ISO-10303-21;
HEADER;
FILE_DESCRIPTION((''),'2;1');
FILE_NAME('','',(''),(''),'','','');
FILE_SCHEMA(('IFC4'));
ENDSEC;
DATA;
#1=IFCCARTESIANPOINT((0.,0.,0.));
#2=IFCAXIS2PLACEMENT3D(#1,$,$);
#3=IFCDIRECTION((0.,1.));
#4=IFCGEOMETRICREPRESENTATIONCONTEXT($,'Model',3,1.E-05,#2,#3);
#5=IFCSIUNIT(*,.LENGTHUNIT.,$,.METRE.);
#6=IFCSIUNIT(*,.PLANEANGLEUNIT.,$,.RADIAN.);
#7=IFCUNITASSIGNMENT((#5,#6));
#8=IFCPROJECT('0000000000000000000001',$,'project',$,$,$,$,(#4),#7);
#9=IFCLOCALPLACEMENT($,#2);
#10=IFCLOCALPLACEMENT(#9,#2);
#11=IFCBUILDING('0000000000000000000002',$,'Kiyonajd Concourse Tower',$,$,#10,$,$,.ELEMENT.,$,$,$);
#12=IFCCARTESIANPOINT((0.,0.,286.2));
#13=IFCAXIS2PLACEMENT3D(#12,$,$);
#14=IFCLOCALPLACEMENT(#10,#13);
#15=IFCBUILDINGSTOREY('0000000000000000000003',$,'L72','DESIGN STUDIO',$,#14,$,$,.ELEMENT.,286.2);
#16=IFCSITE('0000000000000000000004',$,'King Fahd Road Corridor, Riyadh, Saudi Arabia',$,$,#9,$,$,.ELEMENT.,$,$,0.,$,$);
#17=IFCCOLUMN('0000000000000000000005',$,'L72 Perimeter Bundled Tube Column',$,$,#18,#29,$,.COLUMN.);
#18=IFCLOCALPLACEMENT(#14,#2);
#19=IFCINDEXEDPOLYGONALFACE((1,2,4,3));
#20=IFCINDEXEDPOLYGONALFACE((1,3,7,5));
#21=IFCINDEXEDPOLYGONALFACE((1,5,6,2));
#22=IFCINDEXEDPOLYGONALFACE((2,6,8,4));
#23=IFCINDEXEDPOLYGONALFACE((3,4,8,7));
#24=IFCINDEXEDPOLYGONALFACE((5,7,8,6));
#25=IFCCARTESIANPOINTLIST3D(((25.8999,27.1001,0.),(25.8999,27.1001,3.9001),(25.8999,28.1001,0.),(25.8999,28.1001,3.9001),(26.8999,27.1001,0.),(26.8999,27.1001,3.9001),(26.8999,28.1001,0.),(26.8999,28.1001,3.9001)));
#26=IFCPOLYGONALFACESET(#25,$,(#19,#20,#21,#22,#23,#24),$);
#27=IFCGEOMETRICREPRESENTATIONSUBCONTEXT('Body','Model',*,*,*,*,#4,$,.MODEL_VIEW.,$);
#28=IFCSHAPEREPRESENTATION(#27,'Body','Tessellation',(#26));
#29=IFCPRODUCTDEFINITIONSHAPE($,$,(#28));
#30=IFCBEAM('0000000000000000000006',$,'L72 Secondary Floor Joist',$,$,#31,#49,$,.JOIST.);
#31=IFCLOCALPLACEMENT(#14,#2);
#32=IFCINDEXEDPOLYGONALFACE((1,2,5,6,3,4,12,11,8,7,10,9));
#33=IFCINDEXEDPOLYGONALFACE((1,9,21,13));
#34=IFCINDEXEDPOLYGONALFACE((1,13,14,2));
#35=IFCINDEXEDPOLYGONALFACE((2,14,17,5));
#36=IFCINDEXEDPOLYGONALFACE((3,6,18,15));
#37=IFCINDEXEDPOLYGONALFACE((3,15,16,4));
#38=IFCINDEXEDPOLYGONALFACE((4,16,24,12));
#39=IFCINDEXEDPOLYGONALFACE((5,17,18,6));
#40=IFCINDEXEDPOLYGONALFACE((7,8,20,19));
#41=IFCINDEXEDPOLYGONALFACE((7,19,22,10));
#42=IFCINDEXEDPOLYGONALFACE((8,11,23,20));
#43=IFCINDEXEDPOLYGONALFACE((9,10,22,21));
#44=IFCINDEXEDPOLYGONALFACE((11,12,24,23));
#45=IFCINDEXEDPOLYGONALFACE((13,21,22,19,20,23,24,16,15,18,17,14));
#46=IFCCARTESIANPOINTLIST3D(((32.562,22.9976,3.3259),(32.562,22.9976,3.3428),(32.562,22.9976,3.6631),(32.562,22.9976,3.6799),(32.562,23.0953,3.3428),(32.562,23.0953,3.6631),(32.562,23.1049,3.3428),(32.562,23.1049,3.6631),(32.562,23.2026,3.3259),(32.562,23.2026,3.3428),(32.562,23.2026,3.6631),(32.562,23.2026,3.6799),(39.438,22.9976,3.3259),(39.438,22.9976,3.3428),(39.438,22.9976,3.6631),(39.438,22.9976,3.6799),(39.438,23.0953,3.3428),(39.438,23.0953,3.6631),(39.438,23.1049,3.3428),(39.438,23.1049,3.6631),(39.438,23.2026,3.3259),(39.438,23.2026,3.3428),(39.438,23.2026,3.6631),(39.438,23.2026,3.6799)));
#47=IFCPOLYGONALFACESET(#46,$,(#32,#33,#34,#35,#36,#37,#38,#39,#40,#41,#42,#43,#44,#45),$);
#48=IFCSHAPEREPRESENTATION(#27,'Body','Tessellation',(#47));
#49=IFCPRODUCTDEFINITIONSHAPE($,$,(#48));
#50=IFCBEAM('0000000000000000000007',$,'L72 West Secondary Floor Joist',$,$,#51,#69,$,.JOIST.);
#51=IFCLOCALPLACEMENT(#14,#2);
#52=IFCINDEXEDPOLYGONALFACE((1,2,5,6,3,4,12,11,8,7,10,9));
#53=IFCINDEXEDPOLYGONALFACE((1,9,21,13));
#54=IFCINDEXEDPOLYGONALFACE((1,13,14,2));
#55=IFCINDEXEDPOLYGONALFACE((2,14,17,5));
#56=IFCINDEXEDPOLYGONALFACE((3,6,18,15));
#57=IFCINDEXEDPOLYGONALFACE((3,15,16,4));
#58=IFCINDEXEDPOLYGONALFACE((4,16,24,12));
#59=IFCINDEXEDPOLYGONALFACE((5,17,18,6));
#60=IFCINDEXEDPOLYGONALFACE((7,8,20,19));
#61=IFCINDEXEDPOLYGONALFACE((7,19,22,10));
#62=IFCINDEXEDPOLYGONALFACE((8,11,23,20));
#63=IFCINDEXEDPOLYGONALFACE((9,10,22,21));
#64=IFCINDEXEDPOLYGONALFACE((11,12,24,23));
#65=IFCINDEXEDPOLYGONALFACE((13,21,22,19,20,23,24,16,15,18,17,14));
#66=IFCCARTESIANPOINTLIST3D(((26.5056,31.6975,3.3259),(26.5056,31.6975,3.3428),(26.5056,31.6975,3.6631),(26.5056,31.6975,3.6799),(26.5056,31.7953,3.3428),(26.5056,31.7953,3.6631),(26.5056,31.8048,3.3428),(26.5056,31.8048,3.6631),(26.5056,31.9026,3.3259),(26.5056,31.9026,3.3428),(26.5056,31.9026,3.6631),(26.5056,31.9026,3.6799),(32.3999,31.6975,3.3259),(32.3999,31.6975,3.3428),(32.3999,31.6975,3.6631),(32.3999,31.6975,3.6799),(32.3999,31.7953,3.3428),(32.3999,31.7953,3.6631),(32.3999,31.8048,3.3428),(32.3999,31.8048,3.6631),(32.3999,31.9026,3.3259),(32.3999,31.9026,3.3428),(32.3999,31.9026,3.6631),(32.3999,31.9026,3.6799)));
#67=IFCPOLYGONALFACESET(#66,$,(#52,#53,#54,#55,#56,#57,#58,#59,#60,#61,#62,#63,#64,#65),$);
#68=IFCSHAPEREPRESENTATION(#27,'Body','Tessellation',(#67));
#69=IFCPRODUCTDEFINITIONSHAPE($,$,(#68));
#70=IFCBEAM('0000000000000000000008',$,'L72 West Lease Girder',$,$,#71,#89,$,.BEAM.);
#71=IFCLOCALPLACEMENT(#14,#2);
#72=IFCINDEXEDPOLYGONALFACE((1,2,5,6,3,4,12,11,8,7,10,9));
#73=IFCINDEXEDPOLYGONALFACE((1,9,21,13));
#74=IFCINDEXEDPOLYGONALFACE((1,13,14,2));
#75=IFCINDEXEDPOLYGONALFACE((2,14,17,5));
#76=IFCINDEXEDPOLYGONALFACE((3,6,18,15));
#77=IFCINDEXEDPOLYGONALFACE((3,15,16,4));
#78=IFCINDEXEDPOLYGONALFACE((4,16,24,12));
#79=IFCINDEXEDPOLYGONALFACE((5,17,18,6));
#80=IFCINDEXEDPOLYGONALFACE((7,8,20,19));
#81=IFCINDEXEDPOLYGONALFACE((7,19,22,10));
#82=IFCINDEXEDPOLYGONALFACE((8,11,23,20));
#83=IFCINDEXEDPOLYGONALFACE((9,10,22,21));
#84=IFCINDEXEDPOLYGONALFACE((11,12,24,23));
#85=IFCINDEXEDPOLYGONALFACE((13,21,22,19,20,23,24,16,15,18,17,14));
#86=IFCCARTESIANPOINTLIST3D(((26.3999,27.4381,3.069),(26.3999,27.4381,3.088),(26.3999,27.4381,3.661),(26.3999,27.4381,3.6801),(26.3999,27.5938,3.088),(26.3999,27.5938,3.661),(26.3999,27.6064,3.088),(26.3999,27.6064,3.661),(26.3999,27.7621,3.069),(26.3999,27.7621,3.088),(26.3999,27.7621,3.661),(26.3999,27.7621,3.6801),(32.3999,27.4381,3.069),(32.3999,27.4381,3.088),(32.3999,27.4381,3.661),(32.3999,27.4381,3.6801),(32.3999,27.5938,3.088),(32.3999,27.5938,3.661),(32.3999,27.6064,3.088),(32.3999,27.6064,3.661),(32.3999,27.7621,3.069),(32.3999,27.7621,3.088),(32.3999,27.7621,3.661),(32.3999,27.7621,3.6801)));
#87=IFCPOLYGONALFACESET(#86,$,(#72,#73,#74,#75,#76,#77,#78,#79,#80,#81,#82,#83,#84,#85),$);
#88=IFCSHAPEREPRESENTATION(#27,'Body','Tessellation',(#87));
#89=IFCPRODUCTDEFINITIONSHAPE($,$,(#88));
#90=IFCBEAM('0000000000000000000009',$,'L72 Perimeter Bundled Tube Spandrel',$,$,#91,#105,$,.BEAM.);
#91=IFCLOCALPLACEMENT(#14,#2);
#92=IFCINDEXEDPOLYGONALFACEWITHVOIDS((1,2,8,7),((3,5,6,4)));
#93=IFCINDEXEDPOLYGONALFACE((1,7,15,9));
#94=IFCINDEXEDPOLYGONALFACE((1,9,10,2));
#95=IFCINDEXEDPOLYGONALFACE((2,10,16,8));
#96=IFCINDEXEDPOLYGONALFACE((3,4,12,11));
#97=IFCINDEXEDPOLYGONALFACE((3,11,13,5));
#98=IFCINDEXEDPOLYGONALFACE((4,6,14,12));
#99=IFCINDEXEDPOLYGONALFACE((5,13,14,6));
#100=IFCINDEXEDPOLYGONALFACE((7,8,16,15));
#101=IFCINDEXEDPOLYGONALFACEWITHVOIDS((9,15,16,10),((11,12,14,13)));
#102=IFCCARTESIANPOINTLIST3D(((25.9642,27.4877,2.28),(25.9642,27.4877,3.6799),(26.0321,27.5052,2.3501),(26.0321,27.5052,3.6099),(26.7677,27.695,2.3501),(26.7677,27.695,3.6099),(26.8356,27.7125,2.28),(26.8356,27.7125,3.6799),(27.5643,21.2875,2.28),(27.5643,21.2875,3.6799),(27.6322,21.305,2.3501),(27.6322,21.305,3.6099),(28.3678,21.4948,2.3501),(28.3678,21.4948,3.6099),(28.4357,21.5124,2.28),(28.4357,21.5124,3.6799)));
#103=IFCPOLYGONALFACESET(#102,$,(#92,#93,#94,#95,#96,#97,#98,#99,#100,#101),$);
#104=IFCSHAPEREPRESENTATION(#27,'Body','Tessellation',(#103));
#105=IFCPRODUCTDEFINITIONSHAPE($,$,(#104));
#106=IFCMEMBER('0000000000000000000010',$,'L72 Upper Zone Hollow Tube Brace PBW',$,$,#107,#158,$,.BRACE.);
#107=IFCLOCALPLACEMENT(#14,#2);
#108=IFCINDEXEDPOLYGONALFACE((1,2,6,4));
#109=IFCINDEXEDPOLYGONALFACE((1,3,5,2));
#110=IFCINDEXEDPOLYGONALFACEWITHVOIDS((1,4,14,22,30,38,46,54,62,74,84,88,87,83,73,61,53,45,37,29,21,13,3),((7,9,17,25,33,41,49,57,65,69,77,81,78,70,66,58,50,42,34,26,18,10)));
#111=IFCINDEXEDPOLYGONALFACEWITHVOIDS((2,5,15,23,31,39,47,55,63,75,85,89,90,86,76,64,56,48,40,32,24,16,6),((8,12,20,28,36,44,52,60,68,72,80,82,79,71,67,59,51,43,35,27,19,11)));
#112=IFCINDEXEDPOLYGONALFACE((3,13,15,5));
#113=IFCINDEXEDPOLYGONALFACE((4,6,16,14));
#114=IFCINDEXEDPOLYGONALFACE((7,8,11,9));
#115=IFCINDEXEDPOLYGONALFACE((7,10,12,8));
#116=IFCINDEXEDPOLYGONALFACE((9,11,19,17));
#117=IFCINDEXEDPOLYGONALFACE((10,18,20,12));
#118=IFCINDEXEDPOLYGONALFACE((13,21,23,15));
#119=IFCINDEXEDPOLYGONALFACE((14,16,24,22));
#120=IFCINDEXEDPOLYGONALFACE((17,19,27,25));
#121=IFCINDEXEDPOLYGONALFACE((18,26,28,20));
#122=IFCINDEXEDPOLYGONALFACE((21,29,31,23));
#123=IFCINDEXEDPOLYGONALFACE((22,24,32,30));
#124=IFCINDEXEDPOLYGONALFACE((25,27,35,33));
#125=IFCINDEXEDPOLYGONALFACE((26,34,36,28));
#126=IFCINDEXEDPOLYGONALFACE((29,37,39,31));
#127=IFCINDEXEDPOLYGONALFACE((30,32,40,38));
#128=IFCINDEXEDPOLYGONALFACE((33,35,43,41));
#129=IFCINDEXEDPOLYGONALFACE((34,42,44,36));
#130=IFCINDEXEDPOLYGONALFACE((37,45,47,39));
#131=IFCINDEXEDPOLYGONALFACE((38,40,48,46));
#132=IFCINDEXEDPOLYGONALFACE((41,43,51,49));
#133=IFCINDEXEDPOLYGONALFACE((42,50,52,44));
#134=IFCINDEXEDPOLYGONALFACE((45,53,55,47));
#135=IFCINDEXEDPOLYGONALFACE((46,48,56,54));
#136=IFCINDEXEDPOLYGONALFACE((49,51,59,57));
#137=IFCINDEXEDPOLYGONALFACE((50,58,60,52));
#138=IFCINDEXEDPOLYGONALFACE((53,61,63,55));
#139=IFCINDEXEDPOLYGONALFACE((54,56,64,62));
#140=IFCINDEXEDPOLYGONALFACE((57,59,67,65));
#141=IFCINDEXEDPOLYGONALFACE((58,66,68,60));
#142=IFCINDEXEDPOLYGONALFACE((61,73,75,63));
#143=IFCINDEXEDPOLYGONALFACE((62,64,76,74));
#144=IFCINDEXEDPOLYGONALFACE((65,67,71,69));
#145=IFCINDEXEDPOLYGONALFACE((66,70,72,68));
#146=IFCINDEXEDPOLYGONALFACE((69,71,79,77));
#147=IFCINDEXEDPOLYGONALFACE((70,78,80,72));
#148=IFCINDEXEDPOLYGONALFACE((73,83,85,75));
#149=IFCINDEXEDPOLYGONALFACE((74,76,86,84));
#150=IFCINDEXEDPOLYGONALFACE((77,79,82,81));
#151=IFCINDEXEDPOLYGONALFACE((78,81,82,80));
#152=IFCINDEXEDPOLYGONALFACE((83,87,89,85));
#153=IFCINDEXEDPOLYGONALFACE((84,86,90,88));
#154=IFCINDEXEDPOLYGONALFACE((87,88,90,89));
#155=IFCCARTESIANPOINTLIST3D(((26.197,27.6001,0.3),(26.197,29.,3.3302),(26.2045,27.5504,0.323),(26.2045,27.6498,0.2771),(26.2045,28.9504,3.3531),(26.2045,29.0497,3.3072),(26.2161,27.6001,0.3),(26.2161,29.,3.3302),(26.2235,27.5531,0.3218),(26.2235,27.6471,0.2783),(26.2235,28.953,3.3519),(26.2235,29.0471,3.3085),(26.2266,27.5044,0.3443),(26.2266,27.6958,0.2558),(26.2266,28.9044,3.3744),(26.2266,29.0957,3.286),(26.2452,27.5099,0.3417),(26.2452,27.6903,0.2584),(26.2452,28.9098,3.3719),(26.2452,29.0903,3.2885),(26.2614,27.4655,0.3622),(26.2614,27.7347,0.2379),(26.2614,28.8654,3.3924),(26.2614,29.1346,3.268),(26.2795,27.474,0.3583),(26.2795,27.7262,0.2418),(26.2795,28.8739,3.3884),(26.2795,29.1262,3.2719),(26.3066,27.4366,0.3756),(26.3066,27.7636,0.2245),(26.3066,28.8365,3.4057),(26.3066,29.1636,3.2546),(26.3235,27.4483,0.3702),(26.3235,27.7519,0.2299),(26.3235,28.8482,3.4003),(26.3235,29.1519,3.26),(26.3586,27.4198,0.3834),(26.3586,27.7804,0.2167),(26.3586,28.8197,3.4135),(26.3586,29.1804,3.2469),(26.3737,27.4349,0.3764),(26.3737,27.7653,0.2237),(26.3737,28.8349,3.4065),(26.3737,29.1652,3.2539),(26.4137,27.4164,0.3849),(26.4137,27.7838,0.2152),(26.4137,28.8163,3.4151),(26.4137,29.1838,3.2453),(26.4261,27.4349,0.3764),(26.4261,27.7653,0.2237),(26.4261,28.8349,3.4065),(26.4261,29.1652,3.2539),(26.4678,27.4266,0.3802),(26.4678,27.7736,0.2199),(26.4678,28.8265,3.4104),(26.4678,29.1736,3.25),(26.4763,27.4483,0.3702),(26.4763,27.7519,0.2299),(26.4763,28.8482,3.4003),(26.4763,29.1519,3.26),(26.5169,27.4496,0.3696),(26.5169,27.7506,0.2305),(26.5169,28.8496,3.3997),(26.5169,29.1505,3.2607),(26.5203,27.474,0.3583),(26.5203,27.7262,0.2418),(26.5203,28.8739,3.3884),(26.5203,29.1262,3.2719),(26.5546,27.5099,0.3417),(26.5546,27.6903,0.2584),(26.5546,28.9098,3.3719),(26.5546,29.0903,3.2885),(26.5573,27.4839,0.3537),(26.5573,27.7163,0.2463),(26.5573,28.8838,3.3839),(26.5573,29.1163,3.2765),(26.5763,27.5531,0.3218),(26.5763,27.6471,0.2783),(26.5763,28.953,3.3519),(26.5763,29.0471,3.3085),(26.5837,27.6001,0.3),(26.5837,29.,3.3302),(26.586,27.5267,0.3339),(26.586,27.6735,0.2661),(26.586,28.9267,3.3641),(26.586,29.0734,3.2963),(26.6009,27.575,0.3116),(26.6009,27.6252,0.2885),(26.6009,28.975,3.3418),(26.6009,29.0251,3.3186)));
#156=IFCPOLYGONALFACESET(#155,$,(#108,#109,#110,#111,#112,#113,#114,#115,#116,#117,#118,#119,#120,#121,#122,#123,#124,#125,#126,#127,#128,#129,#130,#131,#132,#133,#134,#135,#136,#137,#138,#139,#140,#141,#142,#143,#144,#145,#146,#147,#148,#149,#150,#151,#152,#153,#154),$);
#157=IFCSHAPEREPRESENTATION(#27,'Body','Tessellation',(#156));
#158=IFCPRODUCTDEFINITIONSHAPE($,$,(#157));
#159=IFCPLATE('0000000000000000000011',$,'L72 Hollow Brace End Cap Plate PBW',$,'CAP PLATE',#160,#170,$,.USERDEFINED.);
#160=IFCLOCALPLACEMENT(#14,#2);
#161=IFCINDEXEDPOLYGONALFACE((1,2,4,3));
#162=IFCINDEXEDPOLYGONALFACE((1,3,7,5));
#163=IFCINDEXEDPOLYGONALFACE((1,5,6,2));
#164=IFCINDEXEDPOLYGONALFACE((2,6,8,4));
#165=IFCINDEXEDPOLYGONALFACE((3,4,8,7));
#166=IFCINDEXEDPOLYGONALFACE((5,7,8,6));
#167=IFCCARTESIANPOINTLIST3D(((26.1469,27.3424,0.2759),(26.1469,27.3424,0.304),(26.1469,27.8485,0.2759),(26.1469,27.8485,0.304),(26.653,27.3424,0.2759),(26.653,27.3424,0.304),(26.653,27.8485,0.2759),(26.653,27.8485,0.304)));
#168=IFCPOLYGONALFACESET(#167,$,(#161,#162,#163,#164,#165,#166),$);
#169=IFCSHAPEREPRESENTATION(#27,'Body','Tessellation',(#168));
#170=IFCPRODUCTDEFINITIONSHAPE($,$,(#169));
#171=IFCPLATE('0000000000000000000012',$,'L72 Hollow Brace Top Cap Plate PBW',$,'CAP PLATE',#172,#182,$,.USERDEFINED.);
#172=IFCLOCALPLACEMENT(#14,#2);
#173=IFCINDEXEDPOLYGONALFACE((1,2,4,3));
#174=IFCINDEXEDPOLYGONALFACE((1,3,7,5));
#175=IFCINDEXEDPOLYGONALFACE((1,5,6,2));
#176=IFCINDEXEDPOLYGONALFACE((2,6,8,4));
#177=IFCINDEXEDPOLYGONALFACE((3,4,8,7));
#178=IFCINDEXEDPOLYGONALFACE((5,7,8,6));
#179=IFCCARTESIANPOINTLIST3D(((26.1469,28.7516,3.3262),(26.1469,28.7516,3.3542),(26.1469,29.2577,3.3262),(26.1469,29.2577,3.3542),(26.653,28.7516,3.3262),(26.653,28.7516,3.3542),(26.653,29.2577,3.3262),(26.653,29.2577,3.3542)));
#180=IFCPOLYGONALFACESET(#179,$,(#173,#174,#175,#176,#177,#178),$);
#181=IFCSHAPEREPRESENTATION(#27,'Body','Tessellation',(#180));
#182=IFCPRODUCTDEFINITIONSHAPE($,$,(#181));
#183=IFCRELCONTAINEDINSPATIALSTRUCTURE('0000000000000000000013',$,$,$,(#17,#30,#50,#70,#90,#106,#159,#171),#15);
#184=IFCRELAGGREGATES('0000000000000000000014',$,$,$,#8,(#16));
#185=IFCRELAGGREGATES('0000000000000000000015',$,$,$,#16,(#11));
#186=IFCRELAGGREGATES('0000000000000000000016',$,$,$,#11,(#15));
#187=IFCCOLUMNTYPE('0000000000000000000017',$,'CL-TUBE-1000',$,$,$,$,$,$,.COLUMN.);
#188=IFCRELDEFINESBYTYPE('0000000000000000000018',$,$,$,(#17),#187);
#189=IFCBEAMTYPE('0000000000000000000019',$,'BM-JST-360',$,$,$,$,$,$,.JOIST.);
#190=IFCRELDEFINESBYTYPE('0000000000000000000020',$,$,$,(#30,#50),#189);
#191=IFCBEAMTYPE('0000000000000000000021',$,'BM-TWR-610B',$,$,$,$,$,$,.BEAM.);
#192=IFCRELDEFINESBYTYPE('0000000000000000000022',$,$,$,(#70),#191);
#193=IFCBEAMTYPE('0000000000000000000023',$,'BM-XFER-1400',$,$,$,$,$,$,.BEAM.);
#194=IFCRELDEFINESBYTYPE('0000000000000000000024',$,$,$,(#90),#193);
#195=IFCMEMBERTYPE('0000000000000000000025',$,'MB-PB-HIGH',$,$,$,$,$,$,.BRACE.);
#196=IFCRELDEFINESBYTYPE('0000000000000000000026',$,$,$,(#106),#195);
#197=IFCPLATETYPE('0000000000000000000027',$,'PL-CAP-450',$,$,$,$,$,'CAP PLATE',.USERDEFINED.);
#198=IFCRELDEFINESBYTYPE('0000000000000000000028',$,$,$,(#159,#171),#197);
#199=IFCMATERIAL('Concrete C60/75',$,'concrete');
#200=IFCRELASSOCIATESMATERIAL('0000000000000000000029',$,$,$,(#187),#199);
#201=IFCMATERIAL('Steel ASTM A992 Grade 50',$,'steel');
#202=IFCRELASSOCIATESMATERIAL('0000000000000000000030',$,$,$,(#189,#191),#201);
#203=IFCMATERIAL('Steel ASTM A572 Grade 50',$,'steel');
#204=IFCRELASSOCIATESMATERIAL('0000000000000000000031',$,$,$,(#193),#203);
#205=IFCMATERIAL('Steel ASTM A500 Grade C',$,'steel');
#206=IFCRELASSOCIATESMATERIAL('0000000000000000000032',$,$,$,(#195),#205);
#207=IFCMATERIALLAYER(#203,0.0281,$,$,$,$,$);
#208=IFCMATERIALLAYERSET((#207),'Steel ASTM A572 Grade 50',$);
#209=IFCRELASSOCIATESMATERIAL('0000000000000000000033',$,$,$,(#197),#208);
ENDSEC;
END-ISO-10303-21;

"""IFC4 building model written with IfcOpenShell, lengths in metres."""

from ifc_helpers import new_model, si_unit, direction, frame, origin, origin_2d, place, context, subcontext, project, spatial, rectangle, hollow_rectangle, hollow_circle, i_section, extrude, material, layer, layer_set, material_profile, profile_set, type_object, element, save


model = new_model("IFC4")

# Units and contexts
model_context = context("Model", 3, precision=1e-05, world=origin(), true_north=direction((0.0, 1.0)))
body_context = subcontext(model_context, "Body", "Model", "MODEL_VIEW")
ifc_project = project(units=[si_unit("LENGTHUNIT", "METRE"), si_unit("PLANEANGLEUNIT", "RADIAN")], contexts=[model_context])

# Site, building, storey
site_placement = place(None, origin())
site = spatial("IfcSite", under=ifc_project, at=site_placement, Name="King Fahd Road Corridor, Riyadh, Saudi Arabia", CompositionType="ELEMENT", RefElevation=0.0)
building_placement = place(site_placement, origin())
building = spatial("IfcBuilding", under=site, at=building_placement, Name="Kiyonajd Concourse Tower", CompositionType="ELEMENT")
storey_placement = place(building_placement, frame((0.0, 0.0, 286.2)))
storey = spatial("IfcBuildingStorey", under=building, at=storey_placement, Name="L72", Description="DESIGN STUDIO", CompositionType="ELEMENT", Elevation=286.2)

# Column
ifc_material_1 = material(Name="Concrete C60/75", Category="concrete")
ifc_material_profile_1 = material_profile(ifc_material_1, rectangle(XDim=1.0, YDim=1.0, at=origin_2d()), Name="RC-1000x1000")
ifc_profile_set_1 = profile_set([ifc_material_profile_1], Name="Concrete C60/75")
column_type = type_object("IfcColumnType", Name="CL-TUBE-1000", PredefinedType="COLUMN", material=ifc_profile_set_1)
column_placement = place(storey_placement, frame((26.3999, 27.6001, 0.0), z_axis=(0.0, 0.0, 1.0), x_axis=(1.0, 0.0, 0.0)))
element("IfcColumn", 1, at=column_placement, inside=storey, type_object=column_type, Name="L72 Perimeter Bundled Tube Column", PredefinedType="COLUMN", context=body_context, shape_type="SweptSolid", body=[
    extrude(rectangle(XDim=1.0, YDim=1.0, at=origin_2d()), origin(), (0.0, 0.0, 1.0), 3.9001),
])

# Beams
ifc_material_2 = material(Name="Steel ASTM A992 Grade 50", Category="steel")
ifc_material_profile_2 = material_profile(ifc_material_2, i_section(OverallWidth=0.2051, OverallDepth=0.354, WebThickness=0.0095, FlangeThickness=0.0168, at=origin_2d()), Name="W360X79")
ifc_profile_set_2 = profile_set([ifc_material_profile_2], Name="Steel ASTM A992 Grade 50")
beam_type_1 = type_object("IfcBeamType", Name="BM-JST-360", PredefinedType="JOIST", material=ifc_profile_set_2)
beam_1_placement = place(storey_placement, frame((32.562, 23.1001, 3.5029), z_axis=(1.0, 0.0, 0.0), x_axis=(0.0, 1.0, 0.0)))
element("IfcBeam", 2, at=beam_1_placement, inside=storey, type_object=beam_type_1, Name="L72 Secondary Floor Joist", PredefinedType="JOIST", context=body_context, shape_type="SweptSolid", body=[
    extrude(i_section(OverallWidth=0.2051, OverallDepth=0.354, WebThickness=0.0095, FlangeThickness=0.0168, at=origin_2d()), origin(), (0.0, 0.0, 1.0), 6.876),
])
beam_2_placement = place(storey_placement, frame((26.5056, 31.8, 3.5029), z_axis=(1.0, 0.0, 0.0), x_axis=(0.0, 1.0, 0.0)))
element("IfcBeam", 3, at=beam_2_placement, inside=storey, type_object=beam_type_1, Name="L72 West Secondary Floor Joist", PredefinedType="JOIST", context=body_context, shape_type="SweptSolid", body=[
    extrude(i_section(OverallWidth=0.2051, OverallDepth=0.354, WebThickness=0.0095, FlangeThickness=0.0168, at=origin_2d()), origin(), (0.0, 0.0, 1.0), 5.8943),
])
ifc_material_profile_3 = material_profile(ifc_material_2, i_section(OverallWidth=0.324, OverallDepth=0.6111, WebThickness=0.0127, FlangeThickness=0.019, at=origin_2d()), Name="W610X155")
ifc_profile_set_3 = profile_set([ifc_material_profile_3], Name="Steel ASTM A992 Grade 50")
beam_type_2 = type_object("IfcBeamType", Name="BM-TWR-610B", PredefinedType="BEAM", material=ifc_profile_set_3)
beam_3_placement = place(storey_placement, frame((26.3999, 27.6001, 3.3745), z_axis=(1.0, 0.0, 0.0), x_axis=(0.0, 1.0, 0.0)))
element("IfcBeam", 4, at=beam_3_placement, inside=storey, type_object=beam_type_2, Name="L72 West Lease Girder", PredefinedType="BEAM", context=body_context, shape_type="SweptSolid", body=[
    extrude(i_section(OverallWidth=0.324, OverallDepth=0.6111, WebThickness=0.0127, FlangeThickness=0.019, at=origin_2d()), origin(), (0.0, 0.0, 1.0), 6.0),
])
ifc_material_3 = material(Name="Steel ASTM A572 Grade 50", Category="steel")
ifc_material_profile_4 = material_profile(ifc_material_3, hollow_rectangle(XDim=0.8999, YDim=1.3999, WallThickness=0.0701, at=origin_2d()), Name="BOX-1400x900x70")
ifc_profile_set_4 = profile_set([ifc_material_profile_4], Name="Steel ASTM A572 Grade 50")
beam_type_3 = type_object("IfcBeamType", Name="BM-XFER-1400", PredefinedType="BEAM", material=ifc_profile_set_4)
beam_4_placement = place(storey_placement, frame((26.3999, 27.6001, 2.98), z_axis=(0.249885, -0.968276, 0.0), x_axis=(0.968276, 0.249885, 0.0)))
element("IfcBeam", 5, at=beam_4_placement, inside=storey, type_object=beam_type_3, Name="L72 Perimeter Bundled Tube Spandrel", PredefinedType="BEAM", context=body_context, shape_type="SweptSolid", body=[
    extrude(hollow_rectangle(XDim=0.8999, YDim=1.3999, WallThickness=0.0701, at=origin_2d()), origin(), (0.0, 0.0, 1.0), 6.4033),
])

# Member
ifc_material_4 = material(Name="Steel ASTM A500 Grade C", Category="steel")
ifc_material_profile_5 = material_profile(ifc_material_4, hollow_circle(Radius=0.2029, WallThickness=0.019, at=origin_2d()), Name="CHS-406x19")
ifc_profile_set_5 = profile_set([ifc_material_profile_5], Name="Steel ASTM A500 Grade C")
member_type = type_object("IfcMemberType", Name="MB-PB-HIGH", PredefinedType="BRACE", material=ifc_profile_set_5)
member_placement = place(storey_placement, frame((26.3999, 27.6001, 0.3), z_axis=(0.0, 0.419411, 0.907797), x_axis=(-1.0, 0.0, 0.0)))
element("IfcMember", 6, at=member_placement, inside=storey, type_object=member_type, Name="L72 Upper Zone Hollow Tube Brace PBW", PredefinedType="BRACE", context=body_context, shape_type="SweptSolid", body=[
    extrude(hollow_circle(Radius=0.2029, WallThickness=0.019, at=origin_2d()), origin(), (0.0, 0.0, 1.0), 3.3379),
])

# Plates
ifc_layer_1 = layer(ifc_material_3, 0.0281)
ifc_layer_set_1 = layer_set([ifc_layer_1], Name="Steel ASTM A572 Grade 50")
plate_type_1 = type_object("IfcPlateType", Name="PL-CAP-450", ElementType="CAP PLATE", PredefinedType="USERDEFINED", material=ifc_layer_set_1)
for number, where, z_axis, x_axis, name in (
    (7, (26.3999, 27.5955, 0.2759), (0.0, 0.0, 1.0), (1.0, 0.0, 0.0), "L72 Hollow Brace End Cap Plate PBW"),
    (8, (26.3999, 29.0046, 3.3262), (0.0, 0.0, 1.0), (1.0, 0.0, 0.0), "L72 Hollow Brace Top Cap Plate PBW"),
):
    element("IfcPlate", number, at=place(storey_placement, frame(where, z_axis=z_axis, x_axis=x_axis)), inside=storey, type_object=plate_type_1, Name=name, ObjectType="CAP PLATE", PredefinedType="USERDEFINED", context=body_context, shape_type="SweptSolid", body=[
        extrude(rectangle(XDim=0.5061, YDim=0.5061, at=origin_2d()), origin(), (0.0, 0.0, 1.0), 0.0281),
    ])

save(model, "model.ifc")
